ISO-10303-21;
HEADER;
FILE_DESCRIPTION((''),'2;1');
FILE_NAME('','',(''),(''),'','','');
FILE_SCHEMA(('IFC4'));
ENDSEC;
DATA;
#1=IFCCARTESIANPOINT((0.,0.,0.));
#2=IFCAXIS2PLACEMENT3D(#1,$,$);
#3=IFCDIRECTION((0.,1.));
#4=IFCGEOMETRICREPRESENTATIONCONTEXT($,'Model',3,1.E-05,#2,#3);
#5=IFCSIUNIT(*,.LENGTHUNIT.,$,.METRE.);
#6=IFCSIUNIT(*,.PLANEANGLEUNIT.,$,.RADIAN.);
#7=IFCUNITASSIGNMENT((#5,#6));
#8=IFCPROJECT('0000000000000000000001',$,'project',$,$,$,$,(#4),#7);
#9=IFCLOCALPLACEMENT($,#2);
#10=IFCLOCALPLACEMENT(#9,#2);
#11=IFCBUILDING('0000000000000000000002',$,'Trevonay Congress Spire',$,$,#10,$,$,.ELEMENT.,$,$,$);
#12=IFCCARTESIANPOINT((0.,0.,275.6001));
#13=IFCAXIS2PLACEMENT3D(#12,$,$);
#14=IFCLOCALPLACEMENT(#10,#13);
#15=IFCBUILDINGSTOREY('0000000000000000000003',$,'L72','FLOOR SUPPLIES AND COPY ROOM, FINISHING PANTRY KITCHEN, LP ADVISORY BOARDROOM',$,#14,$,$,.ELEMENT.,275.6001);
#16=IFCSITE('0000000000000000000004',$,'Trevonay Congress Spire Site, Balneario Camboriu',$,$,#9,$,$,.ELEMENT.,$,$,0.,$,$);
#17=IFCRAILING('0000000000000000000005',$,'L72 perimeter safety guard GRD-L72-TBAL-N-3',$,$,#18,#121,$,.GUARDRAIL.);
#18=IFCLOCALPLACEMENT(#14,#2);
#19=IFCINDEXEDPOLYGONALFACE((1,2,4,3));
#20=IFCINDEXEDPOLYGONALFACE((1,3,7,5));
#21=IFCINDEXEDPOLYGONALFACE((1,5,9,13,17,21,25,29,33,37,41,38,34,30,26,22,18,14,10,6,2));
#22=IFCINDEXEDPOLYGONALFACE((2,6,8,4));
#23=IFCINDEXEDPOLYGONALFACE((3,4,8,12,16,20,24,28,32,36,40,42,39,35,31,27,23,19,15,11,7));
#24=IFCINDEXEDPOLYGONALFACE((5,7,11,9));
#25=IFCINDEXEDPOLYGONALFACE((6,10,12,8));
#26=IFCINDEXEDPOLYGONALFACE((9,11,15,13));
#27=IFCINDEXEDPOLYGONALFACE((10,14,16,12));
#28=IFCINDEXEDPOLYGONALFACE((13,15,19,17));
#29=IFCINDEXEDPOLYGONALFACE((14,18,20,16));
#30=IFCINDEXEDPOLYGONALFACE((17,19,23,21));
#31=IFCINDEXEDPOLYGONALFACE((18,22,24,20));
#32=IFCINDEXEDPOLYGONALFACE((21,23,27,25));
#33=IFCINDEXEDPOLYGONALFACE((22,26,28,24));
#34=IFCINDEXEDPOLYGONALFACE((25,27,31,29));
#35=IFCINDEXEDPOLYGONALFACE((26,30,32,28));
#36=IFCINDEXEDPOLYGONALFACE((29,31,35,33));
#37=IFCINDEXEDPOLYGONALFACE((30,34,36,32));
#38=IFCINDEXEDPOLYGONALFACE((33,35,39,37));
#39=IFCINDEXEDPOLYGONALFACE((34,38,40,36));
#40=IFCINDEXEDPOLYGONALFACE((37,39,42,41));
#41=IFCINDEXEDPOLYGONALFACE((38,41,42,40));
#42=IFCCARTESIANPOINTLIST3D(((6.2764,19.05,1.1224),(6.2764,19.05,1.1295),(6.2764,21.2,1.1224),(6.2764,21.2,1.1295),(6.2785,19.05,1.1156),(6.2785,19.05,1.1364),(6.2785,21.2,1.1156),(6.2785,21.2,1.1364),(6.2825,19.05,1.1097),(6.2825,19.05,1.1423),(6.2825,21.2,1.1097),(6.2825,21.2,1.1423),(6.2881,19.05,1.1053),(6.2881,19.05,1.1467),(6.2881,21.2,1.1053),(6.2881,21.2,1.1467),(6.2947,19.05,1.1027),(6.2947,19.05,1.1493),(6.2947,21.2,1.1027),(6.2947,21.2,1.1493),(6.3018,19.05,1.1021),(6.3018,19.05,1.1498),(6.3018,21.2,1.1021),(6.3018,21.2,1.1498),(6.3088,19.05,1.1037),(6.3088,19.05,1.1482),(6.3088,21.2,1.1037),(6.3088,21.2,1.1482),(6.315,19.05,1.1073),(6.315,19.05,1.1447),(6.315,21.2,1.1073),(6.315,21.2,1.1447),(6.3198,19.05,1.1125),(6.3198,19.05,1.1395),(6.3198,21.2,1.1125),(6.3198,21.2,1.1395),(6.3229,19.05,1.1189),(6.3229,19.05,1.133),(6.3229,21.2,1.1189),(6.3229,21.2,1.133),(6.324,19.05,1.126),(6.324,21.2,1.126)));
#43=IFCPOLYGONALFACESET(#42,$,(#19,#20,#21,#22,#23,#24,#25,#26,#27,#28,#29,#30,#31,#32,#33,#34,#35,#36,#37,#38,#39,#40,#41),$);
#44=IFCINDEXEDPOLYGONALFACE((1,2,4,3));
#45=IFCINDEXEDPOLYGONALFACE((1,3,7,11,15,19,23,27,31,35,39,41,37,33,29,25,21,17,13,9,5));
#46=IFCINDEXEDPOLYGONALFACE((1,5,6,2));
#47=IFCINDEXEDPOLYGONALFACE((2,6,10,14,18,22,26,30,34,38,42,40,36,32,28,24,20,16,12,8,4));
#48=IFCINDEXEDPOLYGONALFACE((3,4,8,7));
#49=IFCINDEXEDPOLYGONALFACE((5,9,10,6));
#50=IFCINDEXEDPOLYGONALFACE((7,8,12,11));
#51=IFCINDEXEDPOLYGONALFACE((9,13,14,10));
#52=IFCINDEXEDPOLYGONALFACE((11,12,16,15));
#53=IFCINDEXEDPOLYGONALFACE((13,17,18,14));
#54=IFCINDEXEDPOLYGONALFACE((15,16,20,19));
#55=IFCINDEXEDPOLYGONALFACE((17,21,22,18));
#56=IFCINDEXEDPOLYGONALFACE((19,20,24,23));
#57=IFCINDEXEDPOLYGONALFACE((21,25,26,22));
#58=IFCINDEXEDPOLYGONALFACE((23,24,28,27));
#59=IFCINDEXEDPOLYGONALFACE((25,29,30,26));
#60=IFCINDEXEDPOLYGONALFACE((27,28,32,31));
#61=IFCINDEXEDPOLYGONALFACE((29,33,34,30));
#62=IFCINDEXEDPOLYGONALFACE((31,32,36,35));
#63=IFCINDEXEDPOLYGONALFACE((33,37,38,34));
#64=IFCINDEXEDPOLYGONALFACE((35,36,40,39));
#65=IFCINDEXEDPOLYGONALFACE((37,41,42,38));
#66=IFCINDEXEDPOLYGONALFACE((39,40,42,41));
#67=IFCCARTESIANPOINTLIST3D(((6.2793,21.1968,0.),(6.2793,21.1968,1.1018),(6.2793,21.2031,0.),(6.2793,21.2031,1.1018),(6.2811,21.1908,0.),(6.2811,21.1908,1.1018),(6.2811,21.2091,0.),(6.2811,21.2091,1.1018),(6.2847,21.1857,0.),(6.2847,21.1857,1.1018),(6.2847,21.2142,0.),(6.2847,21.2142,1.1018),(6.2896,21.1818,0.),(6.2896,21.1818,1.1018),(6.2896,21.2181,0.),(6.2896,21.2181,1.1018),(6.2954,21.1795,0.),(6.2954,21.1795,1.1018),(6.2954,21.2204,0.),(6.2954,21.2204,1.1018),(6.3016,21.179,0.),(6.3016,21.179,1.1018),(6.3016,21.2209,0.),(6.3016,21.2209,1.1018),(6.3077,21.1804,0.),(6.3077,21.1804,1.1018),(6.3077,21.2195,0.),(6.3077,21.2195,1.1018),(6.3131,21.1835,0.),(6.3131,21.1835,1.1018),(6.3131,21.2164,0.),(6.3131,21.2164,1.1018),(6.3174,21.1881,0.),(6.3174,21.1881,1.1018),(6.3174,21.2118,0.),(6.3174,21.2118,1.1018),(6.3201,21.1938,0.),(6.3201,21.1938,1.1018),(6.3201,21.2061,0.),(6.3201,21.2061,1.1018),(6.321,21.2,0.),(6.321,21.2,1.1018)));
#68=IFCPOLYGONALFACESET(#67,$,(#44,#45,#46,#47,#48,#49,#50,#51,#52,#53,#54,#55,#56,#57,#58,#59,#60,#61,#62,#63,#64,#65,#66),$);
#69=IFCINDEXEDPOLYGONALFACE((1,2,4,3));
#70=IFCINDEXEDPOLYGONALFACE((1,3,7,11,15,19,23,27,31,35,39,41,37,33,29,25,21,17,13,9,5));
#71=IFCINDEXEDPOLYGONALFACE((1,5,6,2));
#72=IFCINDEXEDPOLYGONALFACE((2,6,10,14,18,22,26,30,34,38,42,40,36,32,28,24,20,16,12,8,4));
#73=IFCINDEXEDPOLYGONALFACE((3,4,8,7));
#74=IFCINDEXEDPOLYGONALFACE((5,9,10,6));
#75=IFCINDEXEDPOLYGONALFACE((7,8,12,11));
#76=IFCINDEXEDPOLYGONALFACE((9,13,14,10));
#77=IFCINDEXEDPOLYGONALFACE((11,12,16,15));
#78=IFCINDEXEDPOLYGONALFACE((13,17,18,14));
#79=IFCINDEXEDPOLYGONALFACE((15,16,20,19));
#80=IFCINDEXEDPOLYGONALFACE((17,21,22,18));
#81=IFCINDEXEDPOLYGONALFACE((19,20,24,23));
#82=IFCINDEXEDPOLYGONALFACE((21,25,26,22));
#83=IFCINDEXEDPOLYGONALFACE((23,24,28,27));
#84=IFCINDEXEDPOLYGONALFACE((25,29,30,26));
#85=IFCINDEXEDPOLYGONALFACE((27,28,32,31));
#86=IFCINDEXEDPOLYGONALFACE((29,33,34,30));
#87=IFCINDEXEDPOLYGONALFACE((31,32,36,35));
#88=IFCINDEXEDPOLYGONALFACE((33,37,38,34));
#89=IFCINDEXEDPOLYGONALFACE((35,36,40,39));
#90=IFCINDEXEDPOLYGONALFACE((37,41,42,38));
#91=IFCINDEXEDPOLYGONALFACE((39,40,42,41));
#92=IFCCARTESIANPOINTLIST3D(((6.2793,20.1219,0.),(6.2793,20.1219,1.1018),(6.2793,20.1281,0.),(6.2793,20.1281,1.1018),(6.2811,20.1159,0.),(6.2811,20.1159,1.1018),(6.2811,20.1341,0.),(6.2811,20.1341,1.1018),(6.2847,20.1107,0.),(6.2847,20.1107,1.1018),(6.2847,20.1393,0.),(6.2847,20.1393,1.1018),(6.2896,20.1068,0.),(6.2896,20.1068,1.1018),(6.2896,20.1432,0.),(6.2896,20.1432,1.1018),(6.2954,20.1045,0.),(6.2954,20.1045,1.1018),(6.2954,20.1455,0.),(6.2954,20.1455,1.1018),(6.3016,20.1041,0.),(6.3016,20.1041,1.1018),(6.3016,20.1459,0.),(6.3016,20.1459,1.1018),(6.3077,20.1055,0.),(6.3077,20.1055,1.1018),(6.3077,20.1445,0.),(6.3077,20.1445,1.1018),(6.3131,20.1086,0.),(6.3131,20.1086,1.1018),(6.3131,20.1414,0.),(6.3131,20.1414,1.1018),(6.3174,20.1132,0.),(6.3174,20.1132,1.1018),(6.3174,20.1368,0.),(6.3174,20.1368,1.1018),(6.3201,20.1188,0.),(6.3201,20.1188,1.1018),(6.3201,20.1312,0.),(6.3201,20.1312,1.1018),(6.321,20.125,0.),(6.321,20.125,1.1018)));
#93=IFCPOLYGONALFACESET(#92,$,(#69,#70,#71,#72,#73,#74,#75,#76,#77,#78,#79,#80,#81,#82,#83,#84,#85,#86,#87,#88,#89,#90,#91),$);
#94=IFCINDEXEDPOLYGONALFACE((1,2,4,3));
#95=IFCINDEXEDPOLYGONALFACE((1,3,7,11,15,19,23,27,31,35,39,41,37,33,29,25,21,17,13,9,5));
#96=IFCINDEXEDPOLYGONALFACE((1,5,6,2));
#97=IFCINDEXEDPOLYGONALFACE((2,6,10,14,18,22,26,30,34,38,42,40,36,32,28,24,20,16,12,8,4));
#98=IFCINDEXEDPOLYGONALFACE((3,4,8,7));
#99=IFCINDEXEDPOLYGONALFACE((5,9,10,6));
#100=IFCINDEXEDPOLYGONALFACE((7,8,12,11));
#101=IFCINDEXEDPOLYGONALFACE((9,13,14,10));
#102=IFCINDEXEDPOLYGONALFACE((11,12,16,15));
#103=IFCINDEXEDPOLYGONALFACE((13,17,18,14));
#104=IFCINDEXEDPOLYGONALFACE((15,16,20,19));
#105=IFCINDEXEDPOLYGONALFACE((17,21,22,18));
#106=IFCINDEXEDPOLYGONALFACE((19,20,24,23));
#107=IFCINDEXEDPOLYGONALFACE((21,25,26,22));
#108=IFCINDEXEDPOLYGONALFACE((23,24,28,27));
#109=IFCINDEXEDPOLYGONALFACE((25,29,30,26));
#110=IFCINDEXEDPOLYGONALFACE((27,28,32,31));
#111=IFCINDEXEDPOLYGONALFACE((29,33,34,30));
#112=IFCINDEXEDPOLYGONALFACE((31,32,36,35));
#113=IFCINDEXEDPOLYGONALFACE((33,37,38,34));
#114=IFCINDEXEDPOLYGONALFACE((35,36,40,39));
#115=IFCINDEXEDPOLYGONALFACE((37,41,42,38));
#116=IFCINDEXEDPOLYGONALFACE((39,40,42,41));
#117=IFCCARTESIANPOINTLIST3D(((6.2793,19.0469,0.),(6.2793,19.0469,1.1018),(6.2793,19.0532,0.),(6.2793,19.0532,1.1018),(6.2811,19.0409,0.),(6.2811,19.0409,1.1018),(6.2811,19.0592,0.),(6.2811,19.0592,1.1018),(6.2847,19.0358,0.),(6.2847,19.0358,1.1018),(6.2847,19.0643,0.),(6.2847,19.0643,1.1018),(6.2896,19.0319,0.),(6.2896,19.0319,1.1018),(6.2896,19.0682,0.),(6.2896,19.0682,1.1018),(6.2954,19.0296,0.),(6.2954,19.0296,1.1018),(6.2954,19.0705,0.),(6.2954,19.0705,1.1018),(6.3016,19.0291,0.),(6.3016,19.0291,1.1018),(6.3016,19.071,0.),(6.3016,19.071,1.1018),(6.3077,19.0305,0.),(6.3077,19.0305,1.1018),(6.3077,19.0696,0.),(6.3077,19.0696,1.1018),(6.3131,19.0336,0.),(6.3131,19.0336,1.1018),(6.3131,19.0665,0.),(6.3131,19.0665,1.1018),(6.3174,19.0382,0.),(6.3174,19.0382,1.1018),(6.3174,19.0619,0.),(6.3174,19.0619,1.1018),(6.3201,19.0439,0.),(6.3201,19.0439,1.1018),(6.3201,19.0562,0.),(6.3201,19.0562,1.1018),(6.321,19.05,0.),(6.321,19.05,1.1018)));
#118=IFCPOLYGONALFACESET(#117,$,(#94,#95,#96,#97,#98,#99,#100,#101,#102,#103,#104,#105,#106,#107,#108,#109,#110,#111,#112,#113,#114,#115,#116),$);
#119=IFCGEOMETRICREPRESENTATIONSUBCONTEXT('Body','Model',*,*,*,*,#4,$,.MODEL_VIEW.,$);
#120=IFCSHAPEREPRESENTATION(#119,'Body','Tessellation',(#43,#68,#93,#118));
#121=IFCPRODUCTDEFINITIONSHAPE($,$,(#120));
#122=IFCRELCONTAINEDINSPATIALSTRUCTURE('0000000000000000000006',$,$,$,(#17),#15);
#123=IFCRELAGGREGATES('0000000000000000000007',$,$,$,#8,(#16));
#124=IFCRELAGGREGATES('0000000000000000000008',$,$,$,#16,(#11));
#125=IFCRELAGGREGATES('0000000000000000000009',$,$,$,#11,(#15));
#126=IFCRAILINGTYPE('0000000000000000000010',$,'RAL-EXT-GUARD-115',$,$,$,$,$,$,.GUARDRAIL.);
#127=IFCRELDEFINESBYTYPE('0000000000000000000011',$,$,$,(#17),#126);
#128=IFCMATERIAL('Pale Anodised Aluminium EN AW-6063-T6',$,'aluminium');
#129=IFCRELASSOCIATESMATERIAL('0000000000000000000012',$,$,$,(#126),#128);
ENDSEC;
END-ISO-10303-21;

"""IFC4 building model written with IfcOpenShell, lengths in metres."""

from ifc_helpers import new_model, si_unit, direction, frame, origin, origin_2d, place, context, subcontext, project, spatial, circle, extrude, material, type_object, element, save


model = new_model("IFC4")

# Units and contexts
model_context = context("Model", 3, precision=1e-05, world=origin(), true_north=direction((0.0, 1.0)))
body_context = subcontext(model_context, "Body", "Model", "MODEL_VIEW")
ifc_project = project(units=[si_unit("LENGTHUNIT", "METRE"), si_unit("PLANEANGLEUNIT", "RADIAN")], contexts=[model_context])

# Site, building, storey
site_placement = place(None, origin())
site = spatial("IfcSite", under=ifc_project, at=site_placement, Name="Trevonay Congress Spire Site, Balneario Camboriu", CompositionType="ELEMENT", RefElevation=0.0)
building_placement = place(site_placement, origin())
building = spatial("IfcBuilding", under=site, at=building_placement, Name="Trevonay Congress Spire", CompositionType="ELEMENT")
storey_placement = place(building_placement, frame((0.0, 0.0, 275.6001)))
storey = spatial("IfcBuildingStorey", under=building, at=storey_placement, Name="L72", Description="FLOOR SUPPLIES AND COPY ROOM, FINISHING PANTRY KITCHEN, LP ADVISORY BOARDROOM", CompositionType="ELEMENT", Elevation=275.6001)

# Shared definitions
ifc_material_1 = material(Name="Pale Anodised Aluminium EN AW-6063-T6", Category="aluminium")

# Railing
railing_type = type_object("IfcRailingType", Name="RAL-EXT-GUARD-115", PredefinedType="GUARDRAIL", material=ifc_material_1)
railing_1_placement = place(storey_placement, frame((6.3, 21.2, 0.0)))
element("IfcRailing", 1, at=railing_1_placement, inside=storey, type_object=railing_type, Name="L72 perimeter safety guard GRD-L72-TBAL-N-3", PredefinedType="GUARDRAIL", context=body_context, shape_type="SweptSolid", body=[
    extrude(circle(Radius=0.0239, at=origin_2d()), frame((0.0, 0.0, 1.126), z_axis=(0.0, -1.0, 0.0), x_axis=(1.0, 0.0, 0.0)), (0.0, 0.0, 1.0), 2.1499),
    extrude(circle(Radius=0.021, at=origin_2d()), origin(), (0.0, 0.0, 1.0), 1.1018),
    extrude(circle(Radius=0.021, at=origin_2d()), frame((0.0, -1.075, 0.0)), (0.0, 0.0, 1.0), 1.1018),
    extrude(circle(Radius=0.021, at=origin_2d()), frame((0.0, -2.1499, 0.0)), (0.0, 0.0, 1.0), 1.1018),
])

save(model, "model.ifc")
